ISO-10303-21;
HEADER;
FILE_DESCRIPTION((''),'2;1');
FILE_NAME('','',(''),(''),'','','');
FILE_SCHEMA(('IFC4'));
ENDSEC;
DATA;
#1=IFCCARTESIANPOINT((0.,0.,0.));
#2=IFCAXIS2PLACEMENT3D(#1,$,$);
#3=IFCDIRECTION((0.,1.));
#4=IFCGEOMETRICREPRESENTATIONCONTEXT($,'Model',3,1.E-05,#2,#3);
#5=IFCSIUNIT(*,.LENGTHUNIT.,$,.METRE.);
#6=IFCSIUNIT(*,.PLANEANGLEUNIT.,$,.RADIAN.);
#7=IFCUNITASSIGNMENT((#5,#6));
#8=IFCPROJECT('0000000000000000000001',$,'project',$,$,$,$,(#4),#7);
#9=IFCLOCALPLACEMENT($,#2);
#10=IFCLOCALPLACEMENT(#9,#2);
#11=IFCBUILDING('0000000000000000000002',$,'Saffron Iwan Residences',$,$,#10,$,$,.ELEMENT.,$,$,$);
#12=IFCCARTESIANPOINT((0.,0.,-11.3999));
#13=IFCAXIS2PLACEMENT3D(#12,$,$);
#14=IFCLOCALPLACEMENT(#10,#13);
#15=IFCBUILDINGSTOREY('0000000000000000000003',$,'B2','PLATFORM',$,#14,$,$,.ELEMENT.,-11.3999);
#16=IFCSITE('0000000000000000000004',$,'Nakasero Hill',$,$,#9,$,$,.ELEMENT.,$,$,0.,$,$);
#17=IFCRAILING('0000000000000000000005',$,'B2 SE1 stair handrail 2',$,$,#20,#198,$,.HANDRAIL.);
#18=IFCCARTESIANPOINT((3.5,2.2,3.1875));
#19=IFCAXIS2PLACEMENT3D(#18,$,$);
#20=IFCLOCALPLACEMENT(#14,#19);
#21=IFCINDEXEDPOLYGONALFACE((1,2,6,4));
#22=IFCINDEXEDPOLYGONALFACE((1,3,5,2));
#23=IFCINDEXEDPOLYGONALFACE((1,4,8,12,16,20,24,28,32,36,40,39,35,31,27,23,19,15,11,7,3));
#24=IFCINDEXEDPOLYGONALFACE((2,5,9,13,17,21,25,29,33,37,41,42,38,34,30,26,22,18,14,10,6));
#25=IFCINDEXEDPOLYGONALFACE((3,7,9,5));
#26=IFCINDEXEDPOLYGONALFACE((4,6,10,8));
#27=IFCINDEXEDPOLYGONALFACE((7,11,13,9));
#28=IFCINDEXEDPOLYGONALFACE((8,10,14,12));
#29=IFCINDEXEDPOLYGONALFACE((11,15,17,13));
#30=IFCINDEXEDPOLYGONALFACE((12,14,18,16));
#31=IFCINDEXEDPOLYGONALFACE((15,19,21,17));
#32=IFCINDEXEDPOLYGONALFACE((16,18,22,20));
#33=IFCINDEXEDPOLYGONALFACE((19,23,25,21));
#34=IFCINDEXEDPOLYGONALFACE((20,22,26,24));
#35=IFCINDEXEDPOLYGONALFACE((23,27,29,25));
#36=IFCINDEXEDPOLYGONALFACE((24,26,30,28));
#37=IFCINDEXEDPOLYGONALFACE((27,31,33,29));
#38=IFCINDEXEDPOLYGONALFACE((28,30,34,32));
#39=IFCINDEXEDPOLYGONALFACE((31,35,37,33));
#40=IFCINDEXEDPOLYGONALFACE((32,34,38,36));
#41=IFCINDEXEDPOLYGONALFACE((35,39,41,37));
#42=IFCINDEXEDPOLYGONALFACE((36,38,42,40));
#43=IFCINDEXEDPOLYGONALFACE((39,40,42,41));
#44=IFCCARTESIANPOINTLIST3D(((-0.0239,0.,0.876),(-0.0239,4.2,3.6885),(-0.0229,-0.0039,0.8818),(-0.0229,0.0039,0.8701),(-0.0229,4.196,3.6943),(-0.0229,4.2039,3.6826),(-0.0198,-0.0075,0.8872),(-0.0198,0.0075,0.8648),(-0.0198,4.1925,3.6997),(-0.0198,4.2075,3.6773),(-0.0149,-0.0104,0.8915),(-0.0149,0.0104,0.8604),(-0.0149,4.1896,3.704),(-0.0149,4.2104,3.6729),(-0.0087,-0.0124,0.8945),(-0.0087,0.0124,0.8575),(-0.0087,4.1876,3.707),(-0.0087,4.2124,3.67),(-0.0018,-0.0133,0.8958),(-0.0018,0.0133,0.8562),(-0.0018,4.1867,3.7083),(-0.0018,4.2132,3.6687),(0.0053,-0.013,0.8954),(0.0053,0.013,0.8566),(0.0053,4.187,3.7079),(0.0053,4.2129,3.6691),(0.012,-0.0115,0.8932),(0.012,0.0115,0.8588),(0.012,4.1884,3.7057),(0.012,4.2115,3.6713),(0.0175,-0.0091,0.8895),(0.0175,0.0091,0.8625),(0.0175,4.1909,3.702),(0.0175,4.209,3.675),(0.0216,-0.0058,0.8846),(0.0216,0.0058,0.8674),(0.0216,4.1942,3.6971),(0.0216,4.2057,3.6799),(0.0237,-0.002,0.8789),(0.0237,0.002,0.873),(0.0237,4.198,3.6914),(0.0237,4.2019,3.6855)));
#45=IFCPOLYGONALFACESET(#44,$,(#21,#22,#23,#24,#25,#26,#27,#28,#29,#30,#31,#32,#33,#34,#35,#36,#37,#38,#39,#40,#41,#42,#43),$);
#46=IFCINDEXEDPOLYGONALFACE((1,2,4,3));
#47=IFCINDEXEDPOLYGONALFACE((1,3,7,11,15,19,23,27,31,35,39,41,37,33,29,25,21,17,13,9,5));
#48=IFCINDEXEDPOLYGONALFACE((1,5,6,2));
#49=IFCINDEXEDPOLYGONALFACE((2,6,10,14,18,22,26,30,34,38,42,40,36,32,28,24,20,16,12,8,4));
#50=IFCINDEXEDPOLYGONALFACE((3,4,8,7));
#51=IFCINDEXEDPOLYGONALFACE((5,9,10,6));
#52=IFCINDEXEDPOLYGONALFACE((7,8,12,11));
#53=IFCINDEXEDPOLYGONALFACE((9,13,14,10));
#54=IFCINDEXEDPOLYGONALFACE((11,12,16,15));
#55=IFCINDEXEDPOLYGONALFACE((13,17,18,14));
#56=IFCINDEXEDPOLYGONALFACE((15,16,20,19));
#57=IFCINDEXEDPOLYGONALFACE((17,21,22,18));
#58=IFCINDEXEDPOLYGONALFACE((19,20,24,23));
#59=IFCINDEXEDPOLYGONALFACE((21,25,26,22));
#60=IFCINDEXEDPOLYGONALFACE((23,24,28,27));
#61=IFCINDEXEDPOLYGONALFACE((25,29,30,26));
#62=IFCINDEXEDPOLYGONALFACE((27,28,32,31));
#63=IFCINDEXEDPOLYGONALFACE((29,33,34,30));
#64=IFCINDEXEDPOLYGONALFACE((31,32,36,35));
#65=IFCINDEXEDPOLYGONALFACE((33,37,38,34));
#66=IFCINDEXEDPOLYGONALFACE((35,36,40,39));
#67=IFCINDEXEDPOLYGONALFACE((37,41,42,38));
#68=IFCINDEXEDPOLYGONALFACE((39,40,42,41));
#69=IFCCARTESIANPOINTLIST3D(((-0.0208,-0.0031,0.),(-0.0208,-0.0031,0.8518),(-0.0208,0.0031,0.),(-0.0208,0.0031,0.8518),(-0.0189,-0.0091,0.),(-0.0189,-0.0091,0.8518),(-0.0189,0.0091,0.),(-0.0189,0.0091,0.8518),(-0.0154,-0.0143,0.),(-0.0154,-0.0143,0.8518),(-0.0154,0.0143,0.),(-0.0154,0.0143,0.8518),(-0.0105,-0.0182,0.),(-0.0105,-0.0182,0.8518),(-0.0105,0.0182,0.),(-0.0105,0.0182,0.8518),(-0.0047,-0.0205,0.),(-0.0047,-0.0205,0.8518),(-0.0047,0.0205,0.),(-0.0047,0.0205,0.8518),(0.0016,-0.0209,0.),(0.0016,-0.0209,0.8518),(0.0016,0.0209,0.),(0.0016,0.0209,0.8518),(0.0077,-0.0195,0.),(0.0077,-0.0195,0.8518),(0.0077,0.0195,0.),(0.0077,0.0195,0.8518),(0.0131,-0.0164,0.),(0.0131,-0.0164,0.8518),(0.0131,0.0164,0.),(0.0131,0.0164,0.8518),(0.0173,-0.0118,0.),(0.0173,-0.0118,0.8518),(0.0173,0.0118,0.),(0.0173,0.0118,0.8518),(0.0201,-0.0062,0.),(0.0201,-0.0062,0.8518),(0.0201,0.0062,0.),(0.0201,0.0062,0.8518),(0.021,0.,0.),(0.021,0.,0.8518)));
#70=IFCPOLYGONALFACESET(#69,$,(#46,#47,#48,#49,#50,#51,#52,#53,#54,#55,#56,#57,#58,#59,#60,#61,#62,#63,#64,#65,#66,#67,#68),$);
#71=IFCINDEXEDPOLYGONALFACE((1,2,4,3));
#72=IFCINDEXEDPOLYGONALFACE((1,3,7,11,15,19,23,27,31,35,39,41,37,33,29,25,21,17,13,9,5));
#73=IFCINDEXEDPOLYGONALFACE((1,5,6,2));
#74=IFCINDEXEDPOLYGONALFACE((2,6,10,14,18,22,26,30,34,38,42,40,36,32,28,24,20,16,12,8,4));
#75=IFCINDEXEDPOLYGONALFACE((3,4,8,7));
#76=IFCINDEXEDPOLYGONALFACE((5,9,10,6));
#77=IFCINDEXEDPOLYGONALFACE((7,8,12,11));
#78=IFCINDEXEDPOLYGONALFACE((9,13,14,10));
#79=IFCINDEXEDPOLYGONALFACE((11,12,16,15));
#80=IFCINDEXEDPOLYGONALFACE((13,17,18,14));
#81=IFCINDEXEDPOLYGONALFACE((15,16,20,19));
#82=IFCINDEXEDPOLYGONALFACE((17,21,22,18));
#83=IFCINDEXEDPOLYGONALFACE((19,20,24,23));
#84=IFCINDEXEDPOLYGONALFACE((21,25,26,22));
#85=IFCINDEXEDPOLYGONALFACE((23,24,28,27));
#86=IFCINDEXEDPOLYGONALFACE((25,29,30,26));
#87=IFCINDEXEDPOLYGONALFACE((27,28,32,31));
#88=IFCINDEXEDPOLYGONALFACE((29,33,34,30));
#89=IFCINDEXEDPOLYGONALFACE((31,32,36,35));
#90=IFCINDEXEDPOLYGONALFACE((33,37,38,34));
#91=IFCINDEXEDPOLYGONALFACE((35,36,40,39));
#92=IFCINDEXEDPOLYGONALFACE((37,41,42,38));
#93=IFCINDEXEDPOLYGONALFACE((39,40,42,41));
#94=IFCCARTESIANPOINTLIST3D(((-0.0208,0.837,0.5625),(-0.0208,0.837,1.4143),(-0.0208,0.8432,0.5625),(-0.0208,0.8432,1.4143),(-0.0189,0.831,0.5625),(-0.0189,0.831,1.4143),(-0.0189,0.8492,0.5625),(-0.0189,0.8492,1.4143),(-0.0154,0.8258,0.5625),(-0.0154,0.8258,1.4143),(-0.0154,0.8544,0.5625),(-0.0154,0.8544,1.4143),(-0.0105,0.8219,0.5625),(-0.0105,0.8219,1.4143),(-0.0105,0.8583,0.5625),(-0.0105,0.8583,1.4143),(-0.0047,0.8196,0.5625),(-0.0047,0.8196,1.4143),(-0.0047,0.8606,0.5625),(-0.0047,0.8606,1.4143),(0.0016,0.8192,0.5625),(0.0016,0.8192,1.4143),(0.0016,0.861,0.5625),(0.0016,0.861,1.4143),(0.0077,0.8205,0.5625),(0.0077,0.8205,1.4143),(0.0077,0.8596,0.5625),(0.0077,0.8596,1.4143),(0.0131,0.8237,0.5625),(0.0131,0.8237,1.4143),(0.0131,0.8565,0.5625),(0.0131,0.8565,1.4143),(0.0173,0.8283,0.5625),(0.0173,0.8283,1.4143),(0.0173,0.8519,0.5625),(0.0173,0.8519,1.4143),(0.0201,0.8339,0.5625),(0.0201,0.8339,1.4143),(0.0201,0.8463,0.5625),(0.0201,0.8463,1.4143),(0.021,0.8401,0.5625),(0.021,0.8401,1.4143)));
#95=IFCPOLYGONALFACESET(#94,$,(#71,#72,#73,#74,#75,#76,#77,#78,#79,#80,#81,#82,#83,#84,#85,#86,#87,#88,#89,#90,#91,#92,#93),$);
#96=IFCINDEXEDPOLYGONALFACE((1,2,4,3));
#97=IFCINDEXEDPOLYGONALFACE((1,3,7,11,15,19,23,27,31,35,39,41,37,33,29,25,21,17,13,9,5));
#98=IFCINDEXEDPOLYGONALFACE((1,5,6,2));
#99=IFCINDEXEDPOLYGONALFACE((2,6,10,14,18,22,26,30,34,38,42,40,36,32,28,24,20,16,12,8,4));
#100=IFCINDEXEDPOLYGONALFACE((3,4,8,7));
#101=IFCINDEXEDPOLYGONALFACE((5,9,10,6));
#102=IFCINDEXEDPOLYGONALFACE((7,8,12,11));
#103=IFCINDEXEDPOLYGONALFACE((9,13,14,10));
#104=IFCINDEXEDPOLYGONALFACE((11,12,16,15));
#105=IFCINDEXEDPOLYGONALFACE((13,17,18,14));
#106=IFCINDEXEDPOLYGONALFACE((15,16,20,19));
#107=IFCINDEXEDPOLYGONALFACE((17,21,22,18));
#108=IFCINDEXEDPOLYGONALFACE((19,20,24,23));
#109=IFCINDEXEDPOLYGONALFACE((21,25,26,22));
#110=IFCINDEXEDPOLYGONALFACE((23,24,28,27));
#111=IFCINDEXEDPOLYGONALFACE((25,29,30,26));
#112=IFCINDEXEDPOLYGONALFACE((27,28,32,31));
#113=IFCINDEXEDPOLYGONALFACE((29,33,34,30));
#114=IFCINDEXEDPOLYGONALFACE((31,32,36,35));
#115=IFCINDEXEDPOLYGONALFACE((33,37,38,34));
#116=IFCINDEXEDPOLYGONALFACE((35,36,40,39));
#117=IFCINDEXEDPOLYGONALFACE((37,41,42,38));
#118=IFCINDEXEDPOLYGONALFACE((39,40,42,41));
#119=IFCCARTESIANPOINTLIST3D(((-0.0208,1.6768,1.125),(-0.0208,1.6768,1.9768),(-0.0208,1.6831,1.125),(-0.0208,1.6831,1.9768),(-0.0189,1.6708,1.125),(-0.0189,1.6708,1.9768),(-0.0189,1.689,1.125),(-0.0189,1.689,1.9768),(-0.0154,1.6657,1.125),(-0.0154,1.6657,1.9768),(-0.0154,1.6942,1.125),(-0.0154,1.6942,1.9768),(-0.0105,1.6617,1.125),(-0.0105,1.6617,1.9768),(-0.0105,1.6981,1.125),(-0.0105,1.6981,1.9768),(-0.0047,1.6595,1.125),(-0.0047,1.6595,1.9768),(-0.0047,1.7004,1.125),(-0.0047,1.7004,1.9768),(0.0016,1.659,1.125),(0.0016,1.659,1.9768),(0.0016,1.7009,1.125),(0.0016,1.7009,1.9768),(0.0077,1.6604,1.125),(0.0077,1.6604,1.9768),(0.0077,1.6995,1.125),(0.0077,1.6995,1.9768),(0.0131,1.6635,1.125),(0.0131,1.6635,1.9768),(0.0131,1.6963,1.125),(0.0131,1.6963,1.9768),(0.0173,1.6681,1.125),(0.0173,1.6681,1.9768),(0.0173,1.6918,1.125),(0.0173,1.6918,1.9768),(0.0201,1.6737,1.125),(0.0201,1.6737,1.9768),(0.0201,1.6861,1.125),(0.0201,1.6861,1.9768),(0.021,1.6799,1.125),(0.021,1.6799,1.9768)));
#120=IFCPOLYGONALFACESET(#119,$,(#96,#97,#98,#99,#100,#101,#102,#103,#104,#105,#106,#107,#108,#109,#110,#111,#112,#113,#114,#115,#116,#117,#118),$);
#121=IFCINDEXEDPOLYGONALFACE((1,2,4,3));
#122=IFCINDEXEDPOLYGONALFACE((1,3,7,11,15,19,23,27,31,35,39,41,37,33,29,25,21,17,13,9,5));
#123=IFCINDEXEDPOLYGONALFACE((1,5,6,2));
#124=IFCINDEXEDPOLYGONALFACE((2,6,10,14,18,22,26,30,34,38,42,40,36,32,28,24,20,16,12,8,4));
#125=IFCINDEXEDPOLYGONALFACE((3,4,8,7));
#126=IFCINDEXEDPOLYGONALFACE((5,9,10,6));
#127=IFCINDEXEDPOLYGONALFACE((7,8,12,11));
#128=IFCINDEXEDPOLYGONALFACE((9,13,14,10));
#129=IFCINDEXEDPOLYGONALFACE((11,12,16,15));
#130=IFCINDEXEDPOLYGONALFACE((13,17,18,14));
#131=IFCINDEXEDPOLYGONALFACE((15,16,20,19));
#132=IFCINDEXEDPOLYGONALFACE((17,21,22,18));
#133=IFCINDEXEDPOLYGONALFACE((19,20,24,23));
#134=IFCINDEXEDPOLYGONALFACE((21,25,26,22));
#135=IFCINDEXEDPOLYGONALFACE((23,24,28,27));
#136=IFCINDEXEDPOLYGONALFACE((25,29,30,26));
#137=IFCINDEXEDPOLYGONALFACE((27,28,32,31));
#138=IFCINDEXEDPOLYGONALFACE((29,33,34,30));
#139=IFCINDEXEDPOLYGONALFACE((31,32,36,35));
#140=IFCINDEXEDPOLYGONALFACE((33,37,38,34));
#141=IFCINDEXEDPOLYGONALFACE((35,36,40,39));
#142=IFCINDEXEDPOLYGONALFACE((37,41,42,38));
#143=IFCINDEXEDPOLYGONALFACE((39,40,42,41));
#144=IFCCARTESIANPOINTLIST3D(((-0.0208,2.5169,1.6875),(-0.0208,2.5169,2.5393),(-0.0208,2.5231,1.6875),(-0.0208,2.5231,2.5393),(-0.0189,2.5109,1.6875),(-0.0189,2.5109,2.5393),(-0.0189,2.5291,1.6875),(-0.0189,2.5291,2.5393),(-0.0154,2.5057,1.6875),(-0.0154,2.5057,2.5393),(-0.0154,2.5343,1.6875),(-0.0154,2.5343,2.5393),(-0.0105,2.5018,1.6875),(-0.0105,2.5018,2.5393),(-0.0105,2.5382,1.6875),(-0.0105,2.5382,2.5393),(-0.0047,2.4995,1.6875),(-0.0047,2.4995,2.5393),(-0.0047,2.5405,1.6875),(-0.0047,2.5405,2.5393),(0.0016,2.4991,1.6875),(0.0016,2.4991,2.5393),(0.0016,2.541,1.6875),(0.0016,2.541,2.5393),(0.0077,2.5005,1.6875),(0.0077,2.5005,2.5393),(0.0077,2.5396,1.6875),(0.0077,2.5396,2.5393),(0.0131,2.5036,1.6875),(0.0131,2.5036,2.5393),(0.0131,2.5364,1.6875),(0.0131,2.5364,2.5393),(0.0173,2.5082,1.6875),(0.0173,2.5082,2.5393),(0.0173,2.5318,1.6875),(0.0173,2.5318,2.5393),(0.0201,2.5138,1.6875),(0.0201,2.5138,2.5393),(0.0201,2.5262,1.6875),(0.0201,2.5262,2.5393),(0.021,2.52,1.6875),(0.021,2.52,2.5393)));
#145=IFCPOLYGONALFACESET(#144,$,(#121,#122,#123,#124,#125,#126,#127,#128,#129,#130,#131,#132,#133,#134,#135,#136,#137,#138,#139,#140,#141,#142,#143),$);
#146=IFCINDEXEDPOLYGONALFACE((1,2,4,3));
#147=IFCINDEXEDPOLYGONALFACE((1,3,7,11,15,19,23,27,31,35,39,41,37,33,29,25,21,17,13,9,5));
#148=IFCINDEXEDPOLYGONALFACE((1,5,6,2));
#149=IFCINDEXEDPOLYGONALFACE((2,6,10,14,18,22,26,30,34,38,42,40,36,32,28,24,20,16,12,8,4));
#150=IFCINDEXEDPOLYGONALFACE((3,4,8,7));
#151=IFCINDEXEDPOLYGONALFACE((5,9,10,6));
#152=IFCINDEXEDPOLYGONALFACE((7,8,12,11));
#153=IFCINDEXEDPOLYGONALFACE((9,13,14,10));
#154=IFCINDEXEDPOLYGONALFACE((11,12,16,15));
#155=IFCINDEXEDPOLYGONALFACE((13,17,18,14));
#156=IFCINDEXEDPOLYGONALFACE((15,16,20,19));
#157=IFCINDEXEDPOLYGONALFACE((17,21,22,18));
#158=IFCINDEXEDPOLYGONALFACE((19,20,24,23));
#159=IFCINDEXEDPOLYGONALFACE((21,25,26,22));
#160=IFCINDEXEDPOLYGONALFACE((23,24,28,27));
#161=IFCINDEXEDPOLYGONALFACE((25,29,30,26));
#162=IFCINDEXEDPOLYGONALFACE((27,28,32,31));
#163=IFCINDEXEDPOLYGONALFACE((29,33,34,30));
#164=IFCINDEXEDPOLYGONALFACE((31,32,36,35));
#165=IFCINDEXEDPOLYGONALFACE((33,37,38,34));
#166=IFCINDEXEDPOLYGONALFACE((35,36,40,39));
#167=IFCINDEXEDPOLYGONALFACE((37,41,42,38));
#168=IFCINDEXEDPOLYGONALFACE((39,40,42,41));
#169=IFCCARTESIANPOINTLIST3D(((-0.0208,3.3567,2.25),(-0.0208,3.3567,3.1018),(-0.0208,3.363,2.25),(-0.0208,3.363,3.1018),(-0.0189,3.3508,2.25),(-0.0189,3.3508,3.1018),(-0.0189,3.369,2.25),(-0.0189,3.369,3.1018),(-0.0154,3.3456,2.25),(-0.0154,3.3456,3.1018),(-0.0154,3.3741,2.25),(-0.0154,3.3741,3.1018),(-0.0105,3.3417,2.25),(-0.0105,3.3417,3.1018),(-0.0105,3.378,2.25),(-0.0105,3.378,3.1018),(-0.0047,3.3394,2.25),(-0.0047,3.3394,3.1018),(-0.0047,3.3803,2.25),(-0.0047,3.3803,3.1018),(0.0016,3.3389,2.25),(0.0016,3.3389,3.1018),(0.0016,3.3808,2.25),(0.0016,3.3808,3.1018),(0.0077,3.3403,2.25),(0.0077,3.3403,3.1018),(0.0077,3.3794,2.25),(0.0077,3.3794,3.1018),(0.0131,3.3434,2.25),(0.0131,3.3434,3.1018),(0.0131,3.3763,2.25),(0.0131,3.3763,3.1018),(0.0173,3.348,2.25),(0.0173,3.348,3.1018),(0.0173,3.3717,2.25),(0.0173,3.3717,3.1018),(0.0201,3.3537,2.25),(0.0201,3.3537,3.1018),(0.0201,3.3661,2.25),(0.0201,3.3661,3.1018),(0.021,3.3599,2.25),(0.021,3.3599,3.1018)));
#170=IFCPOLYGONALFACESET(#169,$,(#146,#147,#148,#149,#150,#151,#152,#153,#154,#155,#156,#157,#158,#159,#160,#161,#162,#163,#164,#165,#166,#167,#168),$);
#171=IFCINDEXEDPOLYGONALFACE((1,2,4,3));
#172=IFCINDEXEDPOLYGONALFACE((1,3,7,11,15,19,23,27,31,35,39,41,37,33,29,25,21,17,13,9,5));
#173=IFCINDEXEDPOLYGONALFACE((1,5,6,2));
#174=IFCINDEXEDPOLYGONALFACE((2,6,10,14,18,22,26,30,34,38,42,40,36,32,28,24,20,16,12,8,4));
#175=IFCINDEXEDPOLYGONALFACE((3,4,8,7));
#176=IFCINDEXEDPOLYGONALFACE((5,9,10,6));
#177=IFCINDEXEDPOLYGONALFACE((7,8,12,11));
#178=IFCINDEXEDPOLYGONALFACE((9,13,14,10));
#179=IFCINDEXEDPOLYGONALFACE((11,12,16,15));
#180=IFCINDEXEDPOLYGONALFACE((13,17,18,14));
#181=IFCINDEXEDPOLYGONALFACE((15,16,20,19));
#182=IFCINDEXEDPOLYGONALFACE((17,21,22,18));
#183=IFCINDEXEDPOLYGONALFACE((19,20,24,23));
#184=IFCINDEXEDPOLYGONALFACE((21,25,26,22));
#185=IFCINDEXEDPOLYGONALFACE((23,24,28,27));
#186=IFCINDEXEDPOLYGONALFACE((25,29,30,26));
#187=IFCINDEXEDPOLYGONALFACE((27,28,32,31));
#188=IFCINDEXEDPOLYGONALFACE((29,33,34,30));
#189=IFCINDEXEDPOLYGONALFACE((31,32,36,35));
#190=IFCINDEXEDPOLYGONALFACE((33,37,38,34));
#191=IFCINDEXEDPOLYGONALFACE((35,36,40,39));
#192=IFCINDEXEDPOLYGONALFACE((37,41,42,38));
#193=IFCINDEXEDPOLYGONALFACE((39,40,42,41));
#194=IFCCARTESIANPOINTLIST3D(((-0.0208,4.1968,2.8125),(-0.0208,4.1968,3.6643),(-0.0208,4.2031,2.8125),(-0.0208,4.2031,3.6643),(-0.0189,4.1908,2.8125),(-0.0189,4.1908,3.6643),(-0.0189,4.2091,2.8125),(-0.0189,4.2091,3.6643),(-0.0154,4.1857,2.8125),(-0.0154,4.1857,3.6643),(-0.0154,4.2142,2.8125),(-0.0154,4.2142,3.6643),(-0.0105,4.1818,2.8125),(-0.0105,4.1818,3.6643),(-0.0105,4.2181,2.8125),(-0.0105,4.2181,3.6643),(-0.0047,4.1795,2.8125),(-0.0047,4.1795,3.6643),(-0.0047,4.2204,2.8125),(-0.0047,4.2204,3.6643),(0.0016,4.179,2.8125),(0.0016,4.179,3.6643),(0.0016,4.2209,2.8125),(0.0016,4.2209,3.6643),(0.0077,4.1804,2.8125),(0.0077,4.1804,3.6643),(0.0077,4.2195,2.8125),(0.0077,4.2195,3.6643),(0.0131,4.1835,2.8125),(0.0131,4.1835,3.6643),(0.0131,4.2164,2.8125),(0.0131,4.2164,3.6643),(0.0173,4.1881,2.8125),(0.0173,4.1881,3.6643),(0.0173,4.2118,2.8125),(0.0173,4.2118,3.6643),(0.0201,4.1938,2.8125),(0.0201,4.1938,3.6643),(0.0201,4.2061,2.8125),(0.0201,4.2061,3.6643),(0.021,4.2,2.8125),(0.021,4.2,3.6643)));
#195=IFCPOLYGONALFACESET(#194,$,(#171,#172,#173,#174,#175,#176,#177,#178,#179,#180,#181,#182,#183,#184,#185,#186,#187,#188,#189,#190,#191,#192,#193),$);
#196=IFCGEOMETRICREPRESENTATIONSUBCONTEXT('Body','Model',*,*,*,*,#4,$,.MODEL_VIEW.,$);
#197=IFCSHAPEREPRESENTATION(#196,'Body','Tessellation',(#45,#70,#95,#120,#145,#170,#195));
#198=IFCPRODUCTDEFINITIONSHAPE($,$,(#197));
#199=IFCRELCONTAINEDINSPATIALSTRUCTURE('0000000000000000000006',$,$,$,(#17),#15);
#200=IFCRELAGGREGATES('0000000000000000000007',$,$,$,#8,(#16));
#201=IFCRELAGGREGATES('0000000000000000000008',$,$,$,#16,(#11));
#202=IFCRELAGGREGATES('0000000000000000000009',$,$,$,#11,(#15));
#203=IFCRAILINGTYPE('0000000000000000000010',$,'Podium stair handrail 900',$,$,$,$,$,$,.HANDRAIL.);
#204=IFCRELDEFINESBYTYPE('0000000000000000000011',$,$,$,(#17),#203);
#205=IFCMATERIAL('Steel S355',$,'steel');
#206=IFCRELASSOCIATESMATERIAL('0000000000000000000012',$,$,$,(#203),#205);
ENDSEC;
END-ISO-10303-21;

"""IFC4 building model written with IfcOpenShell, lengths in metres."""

from ifc_helpers import new_model, si_unit, direction, frame, origin, origin_2d, place, context, subcontext, project, spatial, circle, extrude, material, type_object, element, save


model = new_model("IFC4")

# Units and contexts
model_context = context("Model", 3, precision=1e-05, world=origin(), true_north=direction((0.0, 1.0)))
body_context = subcontext(model_context, "Body", "Model", "MODEL_VIEW")
ifc_project = project(units=[si_unit("LENGTHUNIT", "METRE"), si_unit("PLANEANGLEUNIT", "RADIAN")], contexts=[model_context])

# Site, building, storey
site_placement = place(None, origin())
site = spatial("IfcSite", under=ifc_project, at=site_placement, Name="Nakasero Hill", CompositionType="ELEMENT", RefElevation=0.0)
building_placement = place(site_placement, origin())
building = spatial("IfcBuilding", under=site, at=building_placement, Name="Saffron Iwan Residences", CompositionType="ELEMENT")
storey_placement = place(building_placement, frame((0.0, 0.0, -11.3999)))
storey = spatial("IfcBuildingStorey", under=building, at=storey_placement, Name="B2", Description="PLATFORM", CompositionType="ELEMENT", Elevation=-11.3999)

# Railing
ifc_material_1 = material(Name="Steel S355", Category="steel")
railing_type_1 = type_object("IfcRailingType", Name="Podium stair handrail 900", PredefinedType="HANDRAIL", material=ifc_material_1)
railing_1_placement = place(storey_placement, frame((3.5, 2.2, 3.1875)))
element("IfcRailing", 1, at=railing_1_placement, inside=storey, type_object=railing_type_1, Name="B2 SE1 stair handrail 2", PredefinedType="HANDRAIL", context=body_context, shape_type="SweptSolid", body=[
    extrude(circle(Radius=0.0239, at=origin_2d()), frame((0.0, 0.0, 0.876), z_axis=(0.0, 0.830904, 0.556416), x_axis=(-1.0, 0.0, 0.0)), (0.0, 0.0, 1.0), 5.0547),
    extrude(circle(Radius=0.021, at=origin_2d()), origin(), (0.0, 0.0, 1.0), 0.8518),
    extrude(circle(Radius=0.021, at=origin_2d()), frame((0.0, 0.8401, 0.5625)), (0.0, 0.0, 1.0), 0.8518),
    extrude(circle(Radius=0.021, at=origin_2d()), frame((0.0, 1.6799, 1.125)), (0.0, 0.0, 1.0), 0.8518),
    extrude(circle(Radius=0.021, at=origin_2d()), frame((0.0, 2.52, 1.6875)), (0.0, 0.0, 1.0), 0.8518),
    extrude(circle(Radius=0.021, at=origin_2d()), frame((0.0, 3.3599, 2.25)), (0.0, 0.0, 1.0), 0.8518),
    extrude(circle(Radius=0.021, at=origin_2d()), frame((0.0, 4.2, 2.8125)), (0.0, 0.0, 1.0), 0.8518),
])

save(model, "model.ifc")
